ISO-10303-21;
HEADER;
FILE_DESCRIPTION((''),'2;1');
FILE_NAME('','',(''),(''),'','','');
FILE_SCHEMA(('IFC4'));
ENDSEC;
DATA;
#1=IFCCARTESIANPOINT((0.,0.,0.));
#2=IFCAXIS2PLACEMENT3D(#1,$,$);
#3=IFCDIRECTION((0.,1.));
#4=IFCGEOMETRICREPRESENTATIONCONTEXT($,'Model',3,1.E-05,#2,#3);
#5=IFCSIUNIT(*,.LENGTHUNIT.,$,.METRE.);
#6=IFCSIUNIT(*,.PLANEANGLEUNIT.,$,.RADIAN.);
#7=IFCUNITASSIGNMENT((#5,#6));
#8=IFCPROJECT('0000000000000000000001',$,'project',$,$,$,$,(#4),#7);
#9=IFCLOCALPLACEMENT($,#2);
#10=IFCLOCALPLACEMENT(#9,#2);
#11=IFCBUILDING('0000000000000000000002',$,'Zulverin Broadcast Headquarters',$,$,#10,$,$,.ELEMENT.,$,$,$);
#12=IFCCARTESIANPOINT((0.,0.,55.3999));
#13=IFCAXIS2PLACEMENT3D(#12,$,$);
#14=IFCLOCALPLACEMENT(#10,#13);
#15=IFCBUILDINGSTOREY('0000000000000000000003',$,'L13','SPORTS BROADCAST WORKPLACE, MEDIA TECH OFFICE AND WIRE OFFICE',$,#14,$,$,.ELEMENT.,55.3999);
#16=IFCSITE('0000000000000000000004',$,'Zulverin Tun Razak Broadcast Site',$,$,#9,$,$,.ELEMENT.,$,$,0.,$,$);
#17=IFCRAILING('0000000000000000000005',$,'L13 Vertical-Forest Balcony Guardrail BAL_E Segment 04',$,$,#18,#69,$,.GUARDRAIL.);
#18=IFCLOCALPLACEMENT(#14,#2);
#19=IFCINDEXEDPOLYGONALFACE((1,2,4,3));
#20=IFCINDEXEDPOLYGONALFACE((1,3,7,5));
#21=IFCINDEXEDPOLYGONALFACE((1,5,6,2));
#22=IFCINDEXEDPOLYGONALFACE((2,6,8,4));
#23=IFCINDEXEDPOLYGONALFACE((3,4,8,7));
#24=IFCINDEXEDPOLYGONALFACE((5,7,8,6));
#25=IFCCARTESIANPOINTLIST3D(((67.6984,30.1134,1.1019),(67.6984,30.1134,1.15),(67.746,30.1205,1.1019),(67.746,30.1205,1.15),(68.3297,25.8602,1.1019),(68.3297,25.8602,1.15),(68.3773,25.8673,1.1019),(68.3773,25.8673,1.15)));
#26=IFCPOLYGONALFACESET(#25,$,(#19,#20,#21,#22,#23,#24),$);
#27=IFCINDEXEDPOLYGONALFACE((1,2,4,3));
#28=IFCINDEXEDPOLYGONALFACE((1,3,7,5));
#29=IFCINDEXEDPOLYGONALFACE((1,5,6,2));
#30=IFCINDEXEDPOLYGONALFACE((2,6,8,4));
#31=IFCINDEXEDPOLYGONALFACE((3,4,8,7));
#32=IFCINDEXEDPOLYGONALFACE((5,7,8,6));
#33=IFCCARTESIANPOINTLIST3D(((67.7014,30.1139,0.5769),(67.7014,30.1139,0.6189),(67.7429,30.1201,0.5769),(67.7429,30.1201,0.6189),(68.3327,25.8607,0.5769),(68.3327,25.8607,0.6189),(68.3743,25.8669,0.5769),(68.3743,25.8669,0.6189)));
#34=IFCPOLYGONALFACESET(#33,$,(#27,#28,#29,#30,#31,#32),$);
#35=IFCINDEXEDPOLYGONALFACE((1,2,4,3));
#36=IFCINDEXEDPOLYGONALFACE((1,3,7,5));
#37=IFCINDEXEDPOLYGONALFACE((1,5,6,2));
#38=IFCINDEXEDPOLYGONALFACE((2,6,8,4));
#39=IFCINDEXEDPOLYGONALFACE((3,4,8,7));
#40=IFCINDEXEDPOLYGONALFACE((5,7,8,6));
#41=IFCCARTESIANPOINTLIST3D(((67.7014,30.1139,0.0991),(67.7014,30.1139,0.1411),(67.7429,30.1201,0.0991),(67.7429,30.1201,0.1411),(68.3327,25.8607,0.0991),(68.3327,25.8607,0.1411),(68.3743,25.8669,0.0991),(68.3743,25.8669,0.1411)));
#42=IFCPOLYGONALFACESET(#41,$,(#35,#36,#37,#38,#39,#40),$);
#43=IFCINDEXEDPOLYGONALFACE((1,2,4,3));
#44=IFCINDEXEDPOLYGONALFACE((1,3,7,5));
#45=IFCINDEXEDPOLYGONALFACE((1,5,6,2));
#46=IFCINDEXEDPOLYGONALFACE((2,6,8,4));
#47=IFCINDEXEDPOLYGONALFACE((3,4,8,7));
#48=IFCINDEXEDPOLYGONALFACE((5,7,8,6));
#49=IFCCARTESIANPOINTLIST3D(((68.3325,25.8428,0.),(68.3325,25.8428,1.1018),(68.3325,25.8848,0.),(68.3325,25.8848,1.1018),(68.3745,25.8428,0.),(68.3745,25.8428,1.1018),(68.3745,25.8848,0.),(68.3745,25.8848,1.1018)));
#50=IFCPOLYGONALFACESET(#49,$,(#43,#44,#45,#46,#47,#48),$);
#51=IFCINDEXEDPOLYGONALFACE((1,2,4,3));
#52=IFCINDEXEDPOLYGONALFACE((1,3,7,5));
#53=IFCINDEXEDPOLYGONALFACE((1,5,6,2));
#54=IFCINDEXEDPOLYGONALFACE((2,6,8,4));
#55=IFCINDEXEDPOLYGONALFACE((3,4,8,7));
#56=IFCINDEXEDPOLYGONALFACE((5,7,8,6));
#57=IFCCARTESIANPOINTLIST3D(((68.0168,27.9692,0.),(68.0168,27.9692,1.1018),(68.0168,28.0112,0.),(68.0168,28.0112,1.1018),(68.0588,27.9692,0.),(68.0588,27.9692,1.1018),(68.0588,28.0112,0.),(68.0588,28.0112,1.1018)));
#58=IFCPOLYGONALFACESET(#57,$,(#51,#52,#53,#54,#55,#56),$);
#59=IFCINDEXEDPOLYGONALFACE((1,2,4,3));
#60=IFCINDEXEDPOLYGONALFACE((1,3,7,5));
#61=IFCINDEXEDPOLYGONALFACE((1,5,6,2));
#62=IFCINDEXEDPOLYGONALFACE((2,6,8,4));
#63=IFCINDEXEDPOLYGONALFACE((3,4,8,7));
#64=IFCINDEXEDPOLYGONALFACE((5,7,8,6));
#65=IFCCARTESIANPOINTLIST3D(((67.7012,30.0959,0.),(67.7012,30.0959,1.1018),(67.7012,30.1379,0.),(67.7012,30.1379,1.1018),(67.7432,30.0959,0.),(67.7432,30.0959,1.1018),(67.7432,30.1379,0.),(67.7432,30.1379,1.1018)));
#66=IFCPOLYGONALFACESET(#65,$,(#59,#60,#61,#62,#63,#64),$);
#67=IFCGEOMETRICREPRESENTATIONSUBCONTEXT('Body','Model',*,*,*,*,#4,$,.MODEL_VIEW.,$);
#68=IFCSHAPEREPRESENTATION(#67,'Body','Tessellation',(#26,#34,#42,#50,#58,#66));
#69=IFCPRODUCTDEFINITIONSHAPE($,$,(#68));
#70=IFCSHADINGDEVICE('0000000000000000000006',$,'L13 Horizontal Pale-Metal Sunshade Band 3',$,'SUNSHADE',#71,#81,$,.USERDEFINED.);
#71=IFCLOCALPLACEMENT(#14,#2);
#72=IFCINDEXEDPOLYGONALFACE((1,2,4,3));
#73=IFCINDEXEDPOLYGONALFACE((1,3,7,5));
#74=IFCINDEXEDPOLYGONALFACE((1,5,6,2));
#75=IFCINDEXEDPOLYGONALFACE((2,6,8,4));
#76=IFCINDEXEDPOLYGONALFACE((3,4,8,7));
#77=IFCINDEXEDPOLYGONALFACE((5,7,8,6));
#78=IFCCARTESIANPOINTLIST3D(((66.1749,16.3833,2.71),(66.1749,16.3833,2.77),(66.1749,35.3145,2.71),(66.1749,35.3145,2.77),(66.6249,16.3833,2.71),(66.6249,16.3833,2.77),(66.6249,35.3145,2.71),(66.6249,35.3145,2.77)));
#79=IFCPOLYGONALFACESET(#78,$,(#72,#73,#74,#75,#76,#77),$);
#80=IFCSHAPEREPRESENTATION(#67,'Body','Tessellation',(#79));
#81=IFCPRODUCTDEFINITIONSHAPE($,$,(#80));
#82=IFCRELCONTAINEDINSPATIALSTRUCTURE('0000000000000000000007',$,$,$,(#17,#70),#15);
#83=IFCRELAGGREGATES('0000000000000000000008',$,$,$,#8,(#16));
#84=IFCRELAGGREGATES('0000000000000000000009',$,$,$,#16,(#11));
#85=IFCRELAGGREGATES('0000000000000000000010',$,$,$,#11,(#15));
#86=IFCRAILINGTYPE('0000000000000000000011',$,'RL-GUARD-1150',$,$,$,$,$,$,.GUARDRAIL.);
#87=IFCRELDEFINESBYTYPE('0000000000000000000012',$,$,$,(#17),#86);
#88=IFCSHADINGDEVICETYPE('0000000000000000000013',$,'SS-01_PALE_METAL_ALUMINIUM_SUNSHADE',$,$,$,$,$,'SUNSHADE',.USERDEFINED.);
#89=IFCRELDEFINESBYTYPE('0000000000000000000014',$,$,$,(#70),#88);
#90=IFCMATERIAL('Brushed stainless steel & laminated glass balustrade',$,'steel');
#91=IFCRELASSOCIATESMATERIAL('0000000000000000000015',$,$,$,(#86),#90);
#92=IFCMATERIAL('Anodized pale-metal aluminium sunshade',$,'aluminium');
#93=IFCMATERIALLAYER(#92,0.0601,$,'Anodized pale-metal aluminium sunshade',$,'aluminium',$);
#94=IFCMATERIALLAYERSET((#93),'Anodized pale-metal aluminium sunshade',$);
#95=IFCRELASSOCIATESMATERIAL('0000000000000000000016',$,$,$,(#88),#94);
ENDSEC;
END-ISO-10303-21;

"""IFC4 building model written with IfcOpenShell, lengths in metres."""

from ifc_helpers import new_model, si_unit, direction, frame, origin, origin_2d, place, context, subcontext, project, spatial, rectangle, extrude, material, layer, layer_set, type_object, element, save


model = new_model("IFC4")

# Units and contexts
model_context = context("Model", 3, precision=1e-05, world=origin(), true_north=direction((0.0, 1.0)))
body_context = subcontext(model_context, "Body", "Model", "MODEL_VIEW")
ifc_project = project(units=[si_unit("LENGTHUNIT", "METRE"), si_unit("PLANEANGLEUNIT", "RADIAN")], contexts=[model_context])

# Site, building, storey
site_placement = place(None, origin())
site = spatial("IfcSite", under=ifc_project, at=site_placement, Name="Zulverin Tun Razak Broadcast Site", CompositionType="ELEMENT", RefElevation=0.0)
building_placement = place(site_placement, origin())
building = spatial("IfcBuilding", under=site, at=building_placement, Name="Zulverin Broadcast Headquarters", CompositionType="ELEMENT")
storey_placement = place(building_placement, frame((0.0, 0.0, 55.3999)))
storey = spatial("IfcBuildingStorey", under=building, at=storey_placement, Name="L13", Description="SPORTS BROADCAST WORKPLACE, MEDIA TECH OFFICE AND WIRE OFFICE", CompositionType="ELEMENT", Elevation=55.3999)

# Railing
ifc_material_1 = material(Name="Brushed stainless steel & laminated glass balustrade", Category="steel")
railing_type = type_object("IfcRailingType", Name="RL-GUARD-1150", PredefinedType="GUARDRAIL", material=ifc_material_1)
railing_1_placement = place(storey_placement, frame((68.3535, 25.8638, 0.0)))
element("IfcRailing", 1, at=railing_1_placement, inside=storey, type_object=railing_type, Name="L13 Vertical-Forest Balcony Guardrail BAL_E Segment 04", PredefinedType="GUARDRAIL", context=body_context, shape_type="SweptSolid", body=[
    extrude(rectangle(XDim=0.0481, YDim=0.0481, at=origin_2d()), frame((0.0, 0.0, 1.126), z_axis=(-0.146833, 0.989161, 0.0), x_axis=(-0.989161, -0.146833, 0.0)), (0.0, 0.0, 1.0), 4.2998),
    extrude(rectangle(XDim=0.042, YDim=0.042, at=origin_2d()), frame((0.0, 0.0, 0.5979), z_axis=(-0.146833, 0.989161, 0.0), x_axis=(-0.989161, -0.146833, 0.0)), (0.0, 0.0, 1.0), 4.2998),
    extrude(rectangle(XDim=0.042, YDim=0.042, at=origin_2d()), frame((0.0, 0.0, 0.1201), z_axis=(-0.146833, 0.989161, 0.0), x_axis=(-0.989161, -0.146833, 0.0)), (0.0, 0.0, 1.0), 4.2998),
    extrude(rectangle(XDim=0.042, YDim=0.042, at=origin_2d()), origin(), (0.0, 0.0, 1.0), 1.1018),
    extrude(rectangle(XDim=0.042, YDim=0.042, at=origin_2d()), frame((-0.3157, 2.1265, 0.0)), (0.0, 0.0, 1.0), 1.1018),
    extrude(rectangle(XDim=0.042, YDim=0.042, at=origin_2d()), frame((-0.6313, 4.2532, 0.0)), (0.0, 0.0, 1.0), 1.1018),
])

# Shading device
ifc_material_2 = material(Name="Anodized pale-metal aluminium sunshade", Category="aluminium")
ifc_layer_1 = layer(ifc_material_2, 0.0601, Name="Anodized pale-metal aluminium sunshade", Category="aluminium")
ifc_layer_set_1 = layer_set([ifc_layer_1], Name="Anodized pale-metal aluminium sunshade")
shading_device_type = type_object("IfcShadingDeviceType", Name="SS-01_PALE_METAL_ALUMINIUM_SUNSHADE", ElementType="SUNSHADE", PredefinedType="USERDEFINED", material=ifc_layer_set_1)
shading_device_placement = place(storey_placement, frame((66.3999, 25.8489, 2.71), z_axis=(0.0, 0.0, 1.0), x_axis=(0.0, 1.0, 0.0)))
element("IfcShadingDevice", 2, at=shading_device_placement, inside=storey, type_object=shading_device_type, Name="L13 Horizontal Pale-Metal Sunshade Band 3", ObjectType="SUNSHADE", PredefinedType="USERDEFINED", context=body_context, shape_type="SweptSolid", body=[
    extrude(rectangle(XDim=18.9312, YDim=0.45, at=origin_2d()), origin(), (0.0, 0.0, 1.0), 0.0601),
])

save(model, "model.ifc")
